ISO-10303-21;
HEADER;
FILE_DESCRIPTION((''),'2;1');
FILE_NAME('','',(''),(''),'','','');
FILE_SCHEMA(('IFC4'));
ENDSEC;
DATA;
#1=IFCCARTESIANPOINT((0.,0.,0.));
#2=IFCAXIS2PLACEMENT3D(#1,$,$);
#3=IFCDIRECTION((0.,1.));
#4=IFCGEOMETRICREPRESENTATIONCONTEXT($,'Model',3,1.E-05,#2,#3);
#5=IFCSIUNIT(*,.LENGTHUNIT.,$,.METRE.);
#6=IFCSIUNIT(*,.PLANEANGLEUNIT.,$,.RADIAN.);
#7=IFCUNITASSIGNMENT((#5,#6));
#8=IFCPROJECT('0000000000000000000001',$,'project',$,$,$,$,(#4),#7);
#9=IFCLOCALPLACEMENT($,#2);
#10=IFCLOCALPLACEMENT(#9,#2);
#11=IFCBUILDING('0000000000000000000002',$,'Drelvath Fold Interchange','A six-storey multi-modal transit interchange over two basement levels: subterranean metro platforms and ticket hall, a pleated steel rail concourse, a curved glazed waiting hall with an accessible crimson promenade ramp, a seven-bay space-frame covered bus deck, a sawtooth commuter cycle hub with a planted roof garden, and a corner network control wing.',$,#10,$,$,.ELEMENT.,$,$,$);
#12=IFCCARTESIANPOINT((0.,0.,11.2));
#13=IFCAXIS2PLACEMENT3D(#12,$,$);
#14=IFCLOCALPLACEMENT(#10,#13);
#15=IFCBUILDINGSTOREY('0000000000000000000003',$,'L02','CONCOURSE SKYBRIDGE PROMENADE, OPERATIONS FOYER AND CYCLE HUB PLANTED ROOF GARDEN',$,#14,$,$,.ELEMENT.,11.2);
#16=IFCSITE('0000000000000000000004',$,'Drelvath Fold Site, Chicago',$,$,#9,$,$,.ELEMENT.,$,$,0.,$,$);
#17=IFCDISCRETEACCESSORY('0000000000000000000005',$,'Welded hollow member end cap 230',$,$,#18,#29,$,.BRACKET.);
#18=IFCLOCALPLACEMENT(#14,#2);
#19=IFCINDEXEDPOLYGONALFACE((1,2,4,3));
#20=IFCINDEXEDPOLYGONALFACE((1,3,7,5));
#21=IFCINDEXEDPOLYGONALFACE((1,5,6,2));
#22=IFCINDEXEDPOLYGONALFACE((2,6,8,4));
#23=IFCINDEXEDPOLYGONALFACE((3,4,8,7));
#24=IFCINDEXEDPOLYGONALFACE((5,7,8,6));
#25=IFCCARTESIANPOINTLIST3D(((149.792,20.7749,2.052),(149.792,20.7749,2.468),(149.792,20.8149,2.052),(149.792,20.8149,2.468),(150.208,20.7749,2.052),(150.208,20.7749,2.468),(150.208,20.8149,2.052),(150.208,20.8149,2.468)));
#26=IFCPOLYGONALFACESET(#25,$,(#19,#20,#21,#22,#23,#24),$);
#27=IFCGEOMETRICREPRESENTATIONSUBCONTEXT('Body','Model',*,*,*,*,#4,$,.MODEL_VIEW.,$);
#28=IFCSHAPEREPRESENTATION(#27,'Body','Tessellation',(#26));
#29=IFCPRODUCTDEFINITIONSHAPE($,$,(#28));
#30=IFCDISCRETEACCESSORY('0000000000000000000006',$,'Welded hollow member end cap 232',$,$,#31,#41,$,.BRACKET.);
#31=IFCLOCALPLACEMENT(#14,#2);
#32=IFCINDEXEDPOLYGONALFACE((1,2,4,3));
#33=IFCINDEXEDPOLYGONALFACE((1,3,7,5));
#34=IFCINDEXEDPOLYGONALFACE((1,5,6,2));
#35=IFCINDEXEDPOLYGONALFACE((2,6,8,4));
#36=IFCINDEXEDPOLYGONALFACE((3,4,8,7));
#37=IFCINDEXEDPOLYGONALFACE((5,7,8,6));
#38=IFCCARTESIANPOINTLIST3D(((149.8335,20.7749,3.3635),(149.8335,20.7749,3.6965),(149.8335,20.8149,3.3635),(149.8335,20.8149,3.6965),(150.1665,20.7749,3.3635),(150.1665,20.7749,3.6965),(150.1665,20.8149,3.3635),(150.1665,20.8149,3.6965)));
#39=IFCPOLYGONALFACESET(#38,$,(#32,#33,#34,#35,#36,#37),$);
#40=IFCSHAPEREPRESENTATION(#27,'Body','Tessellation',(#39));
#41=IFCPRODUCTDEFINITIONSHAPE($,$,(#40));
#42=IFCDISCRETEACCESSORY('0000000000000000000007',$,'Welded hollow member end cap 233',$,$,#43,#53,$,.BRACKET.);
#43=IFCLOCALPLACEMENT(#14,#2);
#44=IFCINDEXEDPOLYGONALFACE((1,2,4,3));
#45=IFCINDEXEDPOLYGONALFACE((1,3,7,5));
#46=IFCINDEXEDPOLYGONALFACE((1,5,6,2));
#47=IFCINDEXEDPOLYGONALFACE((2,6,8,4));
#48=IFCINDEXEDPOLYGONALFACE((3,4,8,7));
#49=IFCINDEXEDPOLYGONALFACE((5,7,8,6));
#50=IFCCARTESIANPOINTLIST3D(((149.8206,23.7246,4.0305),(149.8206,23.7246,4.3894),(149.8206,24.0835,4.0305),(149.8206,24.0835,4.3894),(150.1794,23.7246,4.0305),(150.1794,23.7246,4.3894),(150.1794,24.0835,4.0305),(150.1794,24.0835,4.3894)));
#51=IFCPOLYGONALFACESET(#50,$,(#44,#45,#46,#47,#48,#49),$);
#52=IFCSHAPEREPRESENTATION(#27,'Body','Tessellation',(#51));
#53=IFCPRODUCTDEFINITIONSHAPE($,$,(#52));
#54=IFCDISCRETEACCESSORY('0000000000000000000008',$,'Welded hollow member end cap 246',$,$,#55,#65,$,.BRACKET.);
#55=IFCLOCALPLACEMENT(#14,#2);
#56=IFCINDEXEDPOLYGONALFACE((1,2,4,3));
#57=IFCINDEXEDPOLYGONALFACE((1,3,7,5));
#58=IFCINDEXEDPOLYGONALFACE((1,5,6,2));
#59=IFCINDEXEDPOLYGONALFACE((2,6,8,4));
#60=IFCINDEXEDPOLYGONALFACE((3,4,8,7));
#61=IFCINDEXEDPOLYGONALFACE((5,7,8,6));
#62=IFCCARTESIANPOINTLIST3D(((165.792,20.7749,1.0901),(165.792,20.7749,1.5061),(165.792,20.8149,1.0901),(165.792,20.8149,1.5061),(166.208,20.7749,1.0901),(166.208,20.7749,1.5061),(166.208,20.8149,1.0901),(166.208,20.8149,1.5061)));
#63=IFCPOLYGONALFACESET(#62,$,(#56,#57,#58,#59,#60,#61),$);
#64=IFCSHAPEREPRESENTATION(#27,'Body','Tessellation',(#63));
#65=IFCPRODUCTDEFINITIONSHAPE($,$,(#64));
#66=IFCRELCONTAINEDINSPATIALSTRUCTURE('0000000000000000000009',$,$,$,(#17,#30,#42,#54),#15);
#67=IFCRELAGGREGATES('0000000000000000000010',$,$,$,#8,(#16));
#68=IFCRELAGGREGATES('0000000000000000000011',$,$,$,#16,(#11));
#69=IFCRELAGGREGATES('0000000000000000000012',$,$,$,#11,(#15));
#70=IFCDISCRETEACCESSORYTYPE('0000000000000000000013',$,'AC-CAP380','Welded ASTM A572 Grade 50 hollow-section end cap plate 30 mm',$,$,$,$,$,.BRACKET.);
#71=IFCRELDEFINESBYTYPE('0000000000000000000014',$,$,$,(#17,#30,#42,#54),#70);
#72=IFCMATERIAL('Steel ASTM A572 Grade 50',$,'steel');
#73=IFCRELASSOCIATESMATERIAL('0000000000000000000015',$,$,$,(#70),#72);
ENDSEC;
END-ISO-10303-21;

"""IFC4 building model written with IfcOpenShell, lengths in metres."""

from ifc_helpers import new_model, si_unit, direction, frame, origin, origin_2d, place, context, subcontext, project, spatial, rectangle, extrude, material, type_object, element, save


model = new_model("IFC4")

# Units and contexts
model_context = context("Model", 3, precision=1e-05, world=origin(), true_north=direction((0.0, 1.0)))
body_context = subcontext(model_context, "Body", "Model", "MODEL_VIEW")
ifc_project = project(units=[si_unit("LENGTHUNIT", "METRE"), si_unit("PLANEANGLEUNIT", "RADIAN")], contexts=[model_context])

# Site, building, storey
site_placement = place(None, origin())
site = spatial("IfcSite", under=ifc_project, at=site_placement, Name="Drelvath Fold Site, Chicago", CompositionType="ELEMENT", RefElevation=0.0)
building_placement = place(site_placement, origin())
building = spatial("IfcBuilding", under=site, at=building_placement, Name="Drelvath Fold Interchange", Description="A six-storey multi-modal transit interchange over two basement levels: subterranean metro platforms and ticket hall, a pleated steel rail concourse, a curved glazed waiting hall with an accessible crimson promenade ramp, a seven-bay space-frame covered bus deck, a sawtooth commuter cycle hub with a planted roof garden, and a corner network control wing.", CompositionType="ELEMENT")
storey_placement = place(building_placement, frame((0.0, 0.0, 11.2)))
storey = spatial("IfcBuildingStorey", under=building, at=storey_placement, Name="L02", Description="CONCOURSE SKYBRIDGE PROMENADE, OPERATIONS FOYER AND CYCLE HUB PLANTED ROOF GARDEN", CompositionType="ELEMENT", Elevation=11.2)

# Shared definitions
ifc_material_1 = material(Name="Steel ASTM A572 Grade 50", Category="steel")

# Discrete accessories
discrete_accessory_type = type_object("IfcDiscreteAccessoryType", Name="AC-CAP380", Description="Welded ASTM A572 Grade 50 hollow-section end cap plate 30 mm", PredefinedType="BRACKET", material=ifc_material_1)
discrete_accessory_1_placement = place(storey_placement, frame((150.0, 20.7949, 2.052), z_axis=(0.0, 0.0, 1.0), x_axis=(1.0, 0.0, 0.0)))
element("IfcDiscreteAccessory", 1, at=discrete_accessory_1_placement, inside=storey, type_object=discrete_accessory_type, Name="Welded hollow member end cap 230", PredefinedType="BRACKET", context=body_context, shape_type="SweptSolid", body=[
    extrude(rectangle(XDim=0.416, YDim=0.04, at=origin_2d()), origin(), (0.0, 0.0, 1.0), 0.416),
])
discrete_accessory_2_placement = place(storey_placement, frame((150.0, 20.7949, 3.3635), z_axis=(0.0, 0.0, 1.0), x_axis=(1.0, 0.0, 0.0)))
element("IfcDiscreteAccessory", 2, at=discrete_accessory_2_placement, inside=storey, type_object=discrete_accessory_type, Name="Welded hollow member end cap 232", PredefinedType="BRACKET", context=body_context, shape_type="SweptSolid", body=[
    extrude(rectangle(XDim=0.333, YDim=0.04, at=origin_2d()), origin(), (0.0, 0.0, 1.0), 0.333),
])
discrete_accessory_3_placement = place(storey_placement, frame((150.0, 23.9041, 4.0305), z_axis=(0.0, 0.0, 1.0), x_axis=(1.0, 0.0, 0.0)))
element("IfcDiscreteAccessory", 3, at=discrete_accessory_3_placement, inside=storey, type_object=discrete_accessory_type, Name="Welded hollow member end cap 233", PredefinedType="BRACKET", context=body_context, shape_type="SweptSolid", body=[
    extrude(rectangle(XDim=0.3589, YDim=0.3589, at=origin_2d()), origin(), (0.0, 0.0, 1.0), 0.3589),
])
discrete_accessory_4_placement = place(storey_placement, frame((166.0, 20.7949, 1.0901), z_axis=(0.0, 0.0, 1.0), x_axis=(1.0, 0.0, 0.0)))
element("IfcDiscreteAccessory", 4, at=discrete_accessory_4_placement, inside=storey, type_object=discrete_accessory_type, Name="Welded hollow member end cap 246", PredefinedType="BRACKET", context=body_context, shape_type="SweptSolid", body=[
    extrude(rectangle(XDim=0.416, YDim=0.04, at=origin_2d()), origin(), (0.0, 0.0, 1.0), 0.416),
])

save(model, "model.ifc")
